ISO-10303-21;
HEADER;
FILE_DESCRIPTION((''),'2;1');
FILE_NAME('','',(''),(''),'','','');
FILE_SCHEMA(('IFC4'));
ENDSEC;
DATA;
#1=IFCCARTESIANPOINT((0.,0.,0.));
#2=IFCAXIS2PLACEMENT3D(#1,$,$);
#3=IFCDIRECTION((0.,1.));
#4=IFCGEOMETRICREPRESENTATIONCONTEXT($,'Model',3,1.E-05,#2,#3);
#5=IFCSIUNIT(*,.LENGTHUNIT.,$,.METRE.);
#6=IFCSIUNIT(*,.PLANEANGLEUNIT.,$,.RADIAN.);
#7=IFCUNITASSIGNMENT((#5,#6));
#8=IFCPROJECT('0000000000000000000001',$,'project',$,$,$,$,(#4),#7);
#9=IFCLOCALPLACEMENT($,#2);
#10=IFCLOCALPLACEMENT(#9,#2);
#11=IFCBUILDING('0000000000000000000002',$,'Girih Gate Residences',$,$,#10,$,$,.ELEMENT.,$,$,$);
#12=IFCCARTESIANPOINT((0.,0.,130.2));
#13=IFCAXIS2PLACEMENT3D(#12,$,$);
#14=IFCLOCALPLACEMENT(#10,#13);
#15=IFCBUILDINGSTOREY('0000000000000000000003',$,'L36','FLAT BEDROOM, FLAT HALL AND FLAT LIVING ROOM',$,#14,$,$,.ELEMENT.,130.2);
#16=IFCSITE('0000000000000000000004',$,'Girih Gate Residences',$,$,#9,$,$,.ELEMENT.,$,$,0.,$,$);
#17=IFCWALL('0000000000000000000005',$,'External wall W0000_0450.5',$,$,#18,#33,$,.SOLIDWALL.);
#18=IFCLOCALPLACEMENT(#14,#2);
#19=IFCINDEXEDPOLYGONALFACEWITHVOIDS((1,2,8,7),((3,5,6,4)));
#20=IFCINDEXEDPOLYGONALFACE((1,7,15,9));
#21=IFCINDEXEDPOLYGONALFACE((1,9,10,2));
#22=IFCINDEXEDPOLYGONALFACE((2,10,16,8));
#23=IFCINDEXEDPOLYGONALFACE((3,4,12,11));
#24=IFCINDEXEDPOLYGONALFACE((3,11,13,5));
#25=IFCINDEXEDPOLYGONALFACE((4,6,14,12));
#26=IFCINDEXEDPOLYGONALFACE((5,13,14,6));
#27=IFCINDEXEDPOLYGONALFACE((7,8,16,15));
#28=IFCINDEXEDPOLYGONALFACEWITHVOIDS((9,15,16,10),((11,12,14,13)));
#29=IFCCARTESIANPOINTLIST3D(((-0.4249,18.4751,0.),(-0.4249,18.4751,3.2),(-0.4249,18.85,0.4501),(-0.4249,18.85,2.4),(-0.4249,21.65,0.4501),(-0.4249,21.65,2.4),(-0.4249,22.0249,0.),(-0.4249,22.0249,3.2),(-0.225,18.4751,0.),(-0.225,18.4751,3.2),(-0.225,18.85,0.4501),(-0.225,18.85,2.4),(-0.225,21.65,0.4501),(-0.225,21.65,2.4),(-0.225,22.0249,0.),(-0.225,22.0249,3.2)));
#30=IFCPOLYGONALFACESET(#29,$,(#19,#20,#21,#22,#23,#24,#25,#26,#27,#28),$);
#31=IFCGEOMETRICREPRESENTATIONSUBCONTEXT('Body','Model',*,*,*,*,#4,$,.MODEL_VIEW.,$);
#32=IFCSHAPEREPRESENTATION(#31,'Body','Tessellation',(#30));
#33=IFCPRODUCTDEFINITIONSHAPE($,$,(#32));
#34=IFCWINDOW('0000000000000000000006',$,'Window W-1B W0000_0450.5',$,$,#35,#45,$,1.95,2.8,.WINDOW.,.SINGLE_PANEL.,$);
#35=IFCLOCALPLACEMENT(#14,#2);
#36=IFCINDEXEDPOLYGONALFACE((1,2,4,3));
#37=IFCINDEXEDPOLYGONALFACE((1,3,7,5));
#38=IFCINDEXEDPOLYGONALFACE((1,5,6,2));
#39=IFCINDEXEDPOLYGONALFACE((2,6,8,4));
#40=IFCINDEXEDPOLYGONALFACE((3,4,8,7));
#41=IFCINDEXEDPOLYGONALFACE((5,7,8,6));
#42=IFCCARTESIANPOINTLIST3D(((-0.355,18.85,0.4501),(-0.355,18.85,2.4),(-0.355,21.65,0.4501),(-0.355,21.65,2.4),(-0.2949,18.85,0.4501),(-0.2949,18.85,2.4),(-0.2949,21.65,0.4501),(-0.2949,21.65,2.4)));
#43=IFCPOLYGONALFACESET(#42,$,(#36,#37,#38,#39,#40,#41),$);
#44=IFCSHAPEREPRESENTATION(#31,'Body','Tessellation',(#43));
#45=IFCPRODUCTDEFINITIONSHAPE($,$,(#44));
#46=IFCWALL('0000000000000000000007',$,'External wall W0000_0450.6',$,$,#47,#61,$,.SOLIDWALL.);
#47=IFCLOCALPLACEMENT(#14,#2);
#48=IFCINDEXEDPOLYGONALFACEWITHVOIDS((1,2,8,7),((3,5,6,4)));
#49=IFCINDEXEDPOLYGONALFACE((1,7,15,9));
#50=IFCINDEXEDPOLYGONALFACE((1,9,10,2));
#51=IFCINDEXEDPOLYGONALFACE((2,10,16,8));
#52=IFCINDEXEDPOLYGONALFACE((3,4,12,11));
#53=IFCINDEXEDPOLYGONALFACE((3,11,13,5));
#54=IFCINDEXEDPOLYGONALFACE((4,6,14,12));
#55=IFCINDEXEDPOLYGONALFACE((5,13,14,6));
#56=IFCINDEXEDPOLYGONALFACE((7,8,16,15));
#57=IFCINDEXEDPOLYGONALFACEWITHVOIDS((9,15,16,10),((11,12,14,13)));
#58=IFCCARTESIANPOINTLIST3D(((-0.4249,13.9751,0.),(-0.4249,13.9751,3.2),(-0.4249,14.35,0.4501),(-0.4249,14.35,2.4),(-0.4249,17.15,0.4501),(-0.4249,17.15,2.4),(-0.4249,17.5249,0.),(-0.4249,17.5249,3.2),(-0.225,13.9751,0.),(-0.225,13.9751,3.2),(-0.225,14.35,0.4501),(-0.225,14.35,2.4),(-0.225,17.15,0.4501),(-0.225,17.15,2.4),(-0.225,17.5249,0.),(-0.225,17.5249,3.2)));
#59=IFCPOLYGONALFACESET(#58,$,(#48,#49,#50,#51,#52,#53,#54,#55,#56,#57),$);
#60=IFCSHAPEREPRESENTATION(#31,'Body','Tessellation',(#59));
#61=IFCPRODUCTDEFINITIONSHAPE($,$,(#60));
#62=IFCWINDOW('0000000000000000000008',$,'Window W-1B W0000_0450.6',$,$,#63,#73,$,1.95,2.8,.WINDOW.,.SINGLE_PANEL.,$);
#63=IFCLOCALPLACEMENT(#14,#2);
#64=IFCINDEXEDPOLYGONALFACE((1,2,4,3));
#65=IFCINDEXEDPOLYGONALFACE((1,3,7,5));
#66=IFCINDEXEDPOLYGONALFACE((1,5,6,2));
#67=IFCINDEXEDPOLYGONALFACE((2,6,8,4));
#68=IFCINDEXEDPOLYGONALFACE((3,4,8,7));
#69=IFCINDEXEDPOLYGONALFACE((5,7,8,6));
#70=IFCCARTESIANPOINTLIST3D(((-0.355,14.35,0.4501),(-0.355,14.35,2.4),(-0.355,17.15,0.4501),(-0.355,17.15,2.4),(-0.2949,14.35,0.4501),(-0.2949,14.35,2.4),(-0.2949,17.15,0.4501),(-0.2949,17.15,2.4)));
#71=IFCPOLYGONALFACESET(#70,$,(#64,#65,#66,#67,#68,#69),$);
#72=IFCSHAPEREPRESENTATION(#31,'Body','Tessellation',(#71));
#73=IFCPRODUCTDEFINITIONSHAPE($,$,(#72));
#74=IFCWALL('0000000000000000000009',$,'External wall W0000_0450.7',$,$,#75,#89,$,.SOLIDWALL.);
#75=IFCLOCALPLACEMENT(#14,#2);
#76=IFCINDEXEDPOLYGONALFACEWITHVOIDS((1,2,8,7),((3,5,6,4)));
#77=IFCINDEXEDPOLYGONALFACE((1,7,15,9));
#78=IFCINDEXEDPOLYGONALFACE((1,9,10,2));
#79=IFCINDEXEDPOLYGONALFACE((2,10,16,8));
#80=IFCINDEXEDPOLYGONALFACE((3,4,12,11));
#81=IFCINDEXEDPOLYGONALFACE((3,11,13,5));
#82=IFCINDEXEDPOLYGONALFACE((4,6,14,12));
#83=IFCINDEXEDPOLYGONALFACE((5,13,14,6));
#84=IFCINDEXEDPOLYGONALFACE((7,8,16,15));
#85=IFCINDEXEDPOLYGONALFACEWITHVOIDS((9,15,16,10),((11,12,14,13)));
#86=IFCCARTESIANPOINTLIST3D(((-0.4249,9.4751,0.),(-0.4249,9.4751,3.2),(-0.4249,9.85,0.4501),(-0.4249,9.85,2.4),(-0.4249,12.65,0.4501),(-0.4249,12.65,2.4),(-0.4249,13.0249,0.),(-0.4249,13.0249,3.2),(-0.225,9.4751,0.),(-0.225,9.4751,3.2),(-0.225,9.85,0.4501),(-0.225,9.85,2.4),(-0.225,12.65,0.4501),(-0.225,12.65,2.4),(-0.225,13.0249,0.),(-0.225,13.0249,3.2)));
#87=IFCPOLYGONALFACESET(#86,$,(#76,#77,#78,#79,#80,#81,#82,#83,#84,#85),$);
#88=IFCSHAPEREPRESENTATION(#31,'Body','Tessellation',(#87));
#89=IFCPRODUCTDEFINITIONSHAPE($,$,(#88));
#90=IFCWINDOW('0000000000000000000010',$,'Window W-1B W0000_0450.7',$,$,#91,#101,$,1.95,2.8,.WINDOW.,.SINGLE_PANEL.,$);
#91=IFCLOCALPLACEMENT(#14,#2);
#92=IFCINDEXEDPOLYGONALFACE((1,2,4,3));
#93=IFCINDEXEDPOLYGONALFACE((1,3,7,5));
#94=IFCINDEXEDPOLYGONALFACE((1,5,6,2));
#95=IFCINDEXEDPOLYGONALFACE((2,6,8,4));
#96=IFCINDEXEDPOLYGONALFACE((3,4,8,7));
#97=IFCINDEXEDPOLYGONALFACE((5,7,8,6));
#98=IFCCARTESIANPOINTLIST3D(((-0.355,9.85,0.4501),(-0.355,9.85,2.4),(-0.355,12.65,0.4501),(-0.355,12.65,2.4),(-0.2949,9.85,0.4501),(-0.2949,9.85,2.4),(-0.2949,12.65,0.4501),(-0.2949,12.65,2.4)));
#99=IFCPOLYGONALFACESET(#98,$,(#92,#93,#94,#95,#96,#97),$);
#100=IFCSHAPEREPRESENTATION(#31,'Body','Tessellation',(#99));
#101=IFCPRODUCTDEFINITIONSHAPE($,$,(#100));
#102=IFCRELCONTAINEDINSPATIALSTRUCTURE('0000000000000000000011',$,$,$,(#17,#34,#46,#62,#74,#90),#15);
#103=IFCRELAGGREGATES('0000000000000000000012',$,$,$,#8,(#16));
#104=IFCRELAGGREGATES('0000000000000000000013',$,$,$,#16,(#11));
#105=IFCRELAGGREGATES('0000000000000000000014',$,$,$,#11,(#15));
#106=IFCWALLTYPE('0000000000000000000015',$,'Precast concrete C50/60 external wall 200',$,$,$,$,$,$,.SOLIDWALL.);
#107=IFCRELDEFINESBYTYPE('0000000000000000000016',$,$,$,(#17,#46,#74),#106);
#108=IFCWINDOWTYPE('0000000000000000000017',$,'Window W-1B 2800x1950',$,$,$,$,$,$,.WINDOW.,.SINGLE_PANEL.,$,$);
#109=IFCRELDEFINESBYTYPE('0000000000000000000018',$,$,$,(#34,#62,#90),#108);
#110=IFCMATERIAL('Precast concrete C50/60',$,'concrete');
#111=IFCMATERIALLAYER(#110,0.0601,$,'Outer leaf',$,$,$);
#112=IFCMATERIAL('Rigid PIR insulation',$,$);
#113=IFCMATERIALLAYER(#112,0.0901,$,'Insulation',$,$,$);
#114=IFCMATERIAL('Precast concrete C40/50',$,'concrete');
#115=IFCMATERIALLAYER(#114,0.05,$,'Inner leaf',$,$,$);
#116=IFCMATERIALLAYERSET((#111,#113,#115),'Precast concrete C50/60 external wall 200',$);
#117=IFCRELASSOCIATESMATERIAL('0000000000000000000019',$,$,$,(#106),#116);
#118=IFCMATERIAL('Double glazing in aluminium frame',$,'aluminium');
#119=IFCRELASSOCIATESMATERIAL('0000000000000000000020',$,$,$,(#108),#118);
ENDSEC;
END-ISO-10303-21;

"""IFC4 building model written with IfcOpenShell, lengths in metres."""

from ifc_helpers import new_model, si_unit, direction, frame, frame_2d, origin, place, context, subcontext, project, spatial, rectangle, extrude, material, layer, layer_set, type_object, element, fill, save


model = new_model("IFC4")

# Units and contexts
model_context = context("Model", 3, precision=1e-05, world=origin(), true_north=direction((0.0, 1.0)))
body_context = subcontext(model_context, "Body", "Model", "MODEL_VIEW")
ifc_project = project(units=[si_unit("LENGTHUNIT", "METRE"), si_unit("PLANEANGLEUNIT", "RADIAN")], contexts=[model_context])

# Site, building, storey
site_placement = place(None, origin())
site = spatial("IfcSite", under=ifc_project, at=site_placement, Name="Girih Gate Residences", CompositionType="ELEMENT", RefElevation=0.0)
building_placement = place(site_placement, origin())
building = spatial("IfcBuilding", under=site, at=building_placement, Name="Girih Gate Residences", CompositionType="ELEMENT")
storey_placement = place(building_placement, frame((0.0, 0.0, 130.2)))
storey = spatial("IfcBuildingStorey", under=building, at=storey_placement, Name="L36", Description="FLAT BEDROOM, FLAT HALL AND FLAT LIVING ROOM", CompositionType="ELEMENT", Elevation=130.2)

# Walls, openings, windows
ifc_material_1 = material(Name="Precast concrete C50/60", Category="concrete")
ifc_layer_1 = layer(ifc_material_1, 0.0601, Name="Outer leaf")
ifc_material_2 = material(Name="Rigid PIR insulation")
ifc_layer_2 = layer(ifc_material_2, 0.0901, Name="Insulation")
ifc_material_3 = material(Name="Precast concrete C40/50", Category="concrete")
ifc_layer_3 = layer(ifc_material_3, 0.05, Name="Inner leaf")
ifc_layer_set_1 = layer_set([ifc_layer_1, ifc_layer_2, ifc_layer_3], Name="Precast concrete C50/60 external wall 200")
wall_type_1 = type_object("IfcWallType", Name="Precast concrete C50/60 external wall 200", PredefinedType="SOLIDWALL", material=ifc_layer_set_1)
wall_1_placement = place(storey_placement, frame((-0.325, 18.4751, 0.0), z_axis=(0.0, 0.0, 1.0), x_axis=(0.0, 1.0, 0.0)))
wall_1 = element("IfcWall", 1, at=wall_1_placement, inside=storey, type_object=wall_type_1, Name="External wall W0000_0450.5", PredefinedType="SOLIDWALL", context=body_context, shape_type="SweptSolid", body=[
    extrude(rectangle(XDim=3.5498, YDim=0.2, at=frame_2d((1.7749, 0.0))), origin(), (0.0, 0.0, 1.0), 3.2),
])
opening_1_placement = place(wall_1_placement, frame((0.375, 0.0, 0.45)))
opening_1 = element("IfcOpeningElement", 2, at=opening_1_placement, cuts=wall_1, PredefinedType="OPENING", context=body_context, shape_type="SweptSolid", body=[
    extrude(rectangle(XDim=2.8, YDim=1.95, at=frame_2d((1.3999, 0.9751))), frame((0.0, 0.1099, 0.0), z_axis=(0.0, -1.0, 0.0), x_axis=(1.0, 0.0, 0.0)), (0.0, 0.0, 1.0), 0.22),
])
ifc_material_4 = material(Name="Double glazing in aluminium frame", Category="aluminium")
window_type = type_object("IfcWindowType", Name="Window W-1B 2800x1950", PartitioningType="SINGLE_PANEL", PredefinedType="WINDOW", material=ifc_material_4)
window_1_placement = place(opening_1_placement, origin())
window_1 = element("IfcWindow", 3, at=window_1_placement, inside=storey, type_object=window_type, Name="Window W-1B W0000_0450.5", OverallHeight=1.95, OverallWidth=2.8, PartitioningType="SINGLE_PANEL", PredefinedType="WINDOW", context=body_context, shape_type="SweptSolid", body=[
    extrude(rectangle(XDim=2.8, YDim=1.95, at=frame_2d((1.3999, 0.9751))), frame((0.0, 0.03, 0.0), z_axis=(0.0, -1.0, 0.0), x_axis=(1.0, 0.0, 0.0)), (0.0, 0.0, 1.0), 0.0601),
])
fill(opening_1, window_1)
wall_2_placement = place(storey_placement, frame((-0.325, 13.9751, 0.0), z_axis=(0.0, 0.0, 1.0), x_axis=(0.0, 1.0, 0.0)))
wall_2 = element("IfcWall", 4, at=wall_2_placement, inside=storey, type_object=wall_type_1, Name="External wall W0000_0450.6", PredefinedType="SOLIDWALL", context=body_context, shape_type="SweptSolid", body=[
    extrude(rectangle(XDim=3.5498, YDim=0.2, at=frame_2d((1.7749, 0.0))), origin(), (0.0, 0.0, 1.0), 3.2),
])
opening_2_placement = place(wall_2_placement, frame((0.375, 0.0, 0.45)))
opening_2 = element("IfcOpeningElement", 5, at=opening_2_placement, cuts=wall_2, PredefinedType="OPENING", context=body_context, shape_type="SweptSolid", body=[
    extrude(rectangle(XDim=2.8, YDim=1.95, at=frame_2d((1.3999, 0.9751))), frame((0.0, 0.1099, 0.0), z_axis=(0.0, -1.0, 0.0), x_axis=(1.0, 0.0, 0.0)), (0.0, 0.0, 1.0), 0.22),
])
window_2_placement = place(opening_2_placement, origin())
window_2 = element("IfcWindow", 6, at=window_2_placement, inside=storey, type_object=window_type, Name="Window W-1B W0000_0450.6", OverallHeight=1.95, OverallWidth=2.8, PartitioningType="SINGLE_PANEL", PredefinedType="WINDOW", context=body_context, shape_type="SweptSolid", body=[
    extrude(rectangle(XDim=2.8, YDim=1.95, at=frame_2d((1.3999, 0.9751))), frame((0.0, 0.03, 0.0), z_axis=(0.0, -1.0, 0.0), x_axis=(1.0, 0.0, 0.0)), (0.0, 0.0, 1.0), 0.0601),
])
fill(opening_2, window_2)
wall_3_placement = place(storey_placement, frame((-0.325, 9.4751, 0.0), z_axis=(0.0, 0.0, 1.0), x_axis=(0.0, 1.0, 0.0)))
wall_3 = element("IfcWall", 7, at=wall_3_placement, inside=storey, type_object=wall_type_1, Name="External wall W0000_0450.7", PredefinedType="SOLIDWALL", context=body_context, shape_type="SweptSolid", body=[
    extrude(rectangle(XDim=3.5498, YDim=0.2, at=frame_2d((1.7749, 0.0))), origin(), (0.0, 0.0, 1.0), 3.2),
])
opening_3_placement = place(wall_3_placement, frame((0.375, 0.0, 0.45)))
opening_3 = element("IfcOpeningElement", 8, at=opening_3_placement, cuts=wall_3, PredefinedType="OPENING", context=body_context, shape_type="SweptSolid", body=[
    extrude(rectangle(XDim=2.8, YDim=1.95, at=frame_2d((1.3999, 0.9751))), frame((0.0, 0.1099, 0.0), z_axis=(0.0, -1.0, 0.0), x_axis=(1.0, 0.0, 0.0)), (0.0, 0.0, 1.0), 0.22),
])
window_3_placement = place(opening_3_placement, origin())
window_3 = element("IfcWindow", 9, at=window_3_placement, inside=storey, type_object=window_type, Name="Window W-1B W0000_0450.7", OverallHeight=1.95, OverallWidth=2.8, PartitioningType="SINGLE_PANEL", PredefinedType="WINDOW", context=body_context, shape_type="SweptSolid", body=[
    extrude(rectangle(XDim=2.8, YDim=1.95, at=frame_2d((1.3999, 0.9751))), frame((0.0, 0.03, 0.0), z_axis=(0.0, -1.0, 0.0), x_axis=(1.0, 0.0, 0.0)), (0.0, 0.0, 1.0), 0.0601),
])
fill(opening_3, window_3)

save(model, "model.ifc")
